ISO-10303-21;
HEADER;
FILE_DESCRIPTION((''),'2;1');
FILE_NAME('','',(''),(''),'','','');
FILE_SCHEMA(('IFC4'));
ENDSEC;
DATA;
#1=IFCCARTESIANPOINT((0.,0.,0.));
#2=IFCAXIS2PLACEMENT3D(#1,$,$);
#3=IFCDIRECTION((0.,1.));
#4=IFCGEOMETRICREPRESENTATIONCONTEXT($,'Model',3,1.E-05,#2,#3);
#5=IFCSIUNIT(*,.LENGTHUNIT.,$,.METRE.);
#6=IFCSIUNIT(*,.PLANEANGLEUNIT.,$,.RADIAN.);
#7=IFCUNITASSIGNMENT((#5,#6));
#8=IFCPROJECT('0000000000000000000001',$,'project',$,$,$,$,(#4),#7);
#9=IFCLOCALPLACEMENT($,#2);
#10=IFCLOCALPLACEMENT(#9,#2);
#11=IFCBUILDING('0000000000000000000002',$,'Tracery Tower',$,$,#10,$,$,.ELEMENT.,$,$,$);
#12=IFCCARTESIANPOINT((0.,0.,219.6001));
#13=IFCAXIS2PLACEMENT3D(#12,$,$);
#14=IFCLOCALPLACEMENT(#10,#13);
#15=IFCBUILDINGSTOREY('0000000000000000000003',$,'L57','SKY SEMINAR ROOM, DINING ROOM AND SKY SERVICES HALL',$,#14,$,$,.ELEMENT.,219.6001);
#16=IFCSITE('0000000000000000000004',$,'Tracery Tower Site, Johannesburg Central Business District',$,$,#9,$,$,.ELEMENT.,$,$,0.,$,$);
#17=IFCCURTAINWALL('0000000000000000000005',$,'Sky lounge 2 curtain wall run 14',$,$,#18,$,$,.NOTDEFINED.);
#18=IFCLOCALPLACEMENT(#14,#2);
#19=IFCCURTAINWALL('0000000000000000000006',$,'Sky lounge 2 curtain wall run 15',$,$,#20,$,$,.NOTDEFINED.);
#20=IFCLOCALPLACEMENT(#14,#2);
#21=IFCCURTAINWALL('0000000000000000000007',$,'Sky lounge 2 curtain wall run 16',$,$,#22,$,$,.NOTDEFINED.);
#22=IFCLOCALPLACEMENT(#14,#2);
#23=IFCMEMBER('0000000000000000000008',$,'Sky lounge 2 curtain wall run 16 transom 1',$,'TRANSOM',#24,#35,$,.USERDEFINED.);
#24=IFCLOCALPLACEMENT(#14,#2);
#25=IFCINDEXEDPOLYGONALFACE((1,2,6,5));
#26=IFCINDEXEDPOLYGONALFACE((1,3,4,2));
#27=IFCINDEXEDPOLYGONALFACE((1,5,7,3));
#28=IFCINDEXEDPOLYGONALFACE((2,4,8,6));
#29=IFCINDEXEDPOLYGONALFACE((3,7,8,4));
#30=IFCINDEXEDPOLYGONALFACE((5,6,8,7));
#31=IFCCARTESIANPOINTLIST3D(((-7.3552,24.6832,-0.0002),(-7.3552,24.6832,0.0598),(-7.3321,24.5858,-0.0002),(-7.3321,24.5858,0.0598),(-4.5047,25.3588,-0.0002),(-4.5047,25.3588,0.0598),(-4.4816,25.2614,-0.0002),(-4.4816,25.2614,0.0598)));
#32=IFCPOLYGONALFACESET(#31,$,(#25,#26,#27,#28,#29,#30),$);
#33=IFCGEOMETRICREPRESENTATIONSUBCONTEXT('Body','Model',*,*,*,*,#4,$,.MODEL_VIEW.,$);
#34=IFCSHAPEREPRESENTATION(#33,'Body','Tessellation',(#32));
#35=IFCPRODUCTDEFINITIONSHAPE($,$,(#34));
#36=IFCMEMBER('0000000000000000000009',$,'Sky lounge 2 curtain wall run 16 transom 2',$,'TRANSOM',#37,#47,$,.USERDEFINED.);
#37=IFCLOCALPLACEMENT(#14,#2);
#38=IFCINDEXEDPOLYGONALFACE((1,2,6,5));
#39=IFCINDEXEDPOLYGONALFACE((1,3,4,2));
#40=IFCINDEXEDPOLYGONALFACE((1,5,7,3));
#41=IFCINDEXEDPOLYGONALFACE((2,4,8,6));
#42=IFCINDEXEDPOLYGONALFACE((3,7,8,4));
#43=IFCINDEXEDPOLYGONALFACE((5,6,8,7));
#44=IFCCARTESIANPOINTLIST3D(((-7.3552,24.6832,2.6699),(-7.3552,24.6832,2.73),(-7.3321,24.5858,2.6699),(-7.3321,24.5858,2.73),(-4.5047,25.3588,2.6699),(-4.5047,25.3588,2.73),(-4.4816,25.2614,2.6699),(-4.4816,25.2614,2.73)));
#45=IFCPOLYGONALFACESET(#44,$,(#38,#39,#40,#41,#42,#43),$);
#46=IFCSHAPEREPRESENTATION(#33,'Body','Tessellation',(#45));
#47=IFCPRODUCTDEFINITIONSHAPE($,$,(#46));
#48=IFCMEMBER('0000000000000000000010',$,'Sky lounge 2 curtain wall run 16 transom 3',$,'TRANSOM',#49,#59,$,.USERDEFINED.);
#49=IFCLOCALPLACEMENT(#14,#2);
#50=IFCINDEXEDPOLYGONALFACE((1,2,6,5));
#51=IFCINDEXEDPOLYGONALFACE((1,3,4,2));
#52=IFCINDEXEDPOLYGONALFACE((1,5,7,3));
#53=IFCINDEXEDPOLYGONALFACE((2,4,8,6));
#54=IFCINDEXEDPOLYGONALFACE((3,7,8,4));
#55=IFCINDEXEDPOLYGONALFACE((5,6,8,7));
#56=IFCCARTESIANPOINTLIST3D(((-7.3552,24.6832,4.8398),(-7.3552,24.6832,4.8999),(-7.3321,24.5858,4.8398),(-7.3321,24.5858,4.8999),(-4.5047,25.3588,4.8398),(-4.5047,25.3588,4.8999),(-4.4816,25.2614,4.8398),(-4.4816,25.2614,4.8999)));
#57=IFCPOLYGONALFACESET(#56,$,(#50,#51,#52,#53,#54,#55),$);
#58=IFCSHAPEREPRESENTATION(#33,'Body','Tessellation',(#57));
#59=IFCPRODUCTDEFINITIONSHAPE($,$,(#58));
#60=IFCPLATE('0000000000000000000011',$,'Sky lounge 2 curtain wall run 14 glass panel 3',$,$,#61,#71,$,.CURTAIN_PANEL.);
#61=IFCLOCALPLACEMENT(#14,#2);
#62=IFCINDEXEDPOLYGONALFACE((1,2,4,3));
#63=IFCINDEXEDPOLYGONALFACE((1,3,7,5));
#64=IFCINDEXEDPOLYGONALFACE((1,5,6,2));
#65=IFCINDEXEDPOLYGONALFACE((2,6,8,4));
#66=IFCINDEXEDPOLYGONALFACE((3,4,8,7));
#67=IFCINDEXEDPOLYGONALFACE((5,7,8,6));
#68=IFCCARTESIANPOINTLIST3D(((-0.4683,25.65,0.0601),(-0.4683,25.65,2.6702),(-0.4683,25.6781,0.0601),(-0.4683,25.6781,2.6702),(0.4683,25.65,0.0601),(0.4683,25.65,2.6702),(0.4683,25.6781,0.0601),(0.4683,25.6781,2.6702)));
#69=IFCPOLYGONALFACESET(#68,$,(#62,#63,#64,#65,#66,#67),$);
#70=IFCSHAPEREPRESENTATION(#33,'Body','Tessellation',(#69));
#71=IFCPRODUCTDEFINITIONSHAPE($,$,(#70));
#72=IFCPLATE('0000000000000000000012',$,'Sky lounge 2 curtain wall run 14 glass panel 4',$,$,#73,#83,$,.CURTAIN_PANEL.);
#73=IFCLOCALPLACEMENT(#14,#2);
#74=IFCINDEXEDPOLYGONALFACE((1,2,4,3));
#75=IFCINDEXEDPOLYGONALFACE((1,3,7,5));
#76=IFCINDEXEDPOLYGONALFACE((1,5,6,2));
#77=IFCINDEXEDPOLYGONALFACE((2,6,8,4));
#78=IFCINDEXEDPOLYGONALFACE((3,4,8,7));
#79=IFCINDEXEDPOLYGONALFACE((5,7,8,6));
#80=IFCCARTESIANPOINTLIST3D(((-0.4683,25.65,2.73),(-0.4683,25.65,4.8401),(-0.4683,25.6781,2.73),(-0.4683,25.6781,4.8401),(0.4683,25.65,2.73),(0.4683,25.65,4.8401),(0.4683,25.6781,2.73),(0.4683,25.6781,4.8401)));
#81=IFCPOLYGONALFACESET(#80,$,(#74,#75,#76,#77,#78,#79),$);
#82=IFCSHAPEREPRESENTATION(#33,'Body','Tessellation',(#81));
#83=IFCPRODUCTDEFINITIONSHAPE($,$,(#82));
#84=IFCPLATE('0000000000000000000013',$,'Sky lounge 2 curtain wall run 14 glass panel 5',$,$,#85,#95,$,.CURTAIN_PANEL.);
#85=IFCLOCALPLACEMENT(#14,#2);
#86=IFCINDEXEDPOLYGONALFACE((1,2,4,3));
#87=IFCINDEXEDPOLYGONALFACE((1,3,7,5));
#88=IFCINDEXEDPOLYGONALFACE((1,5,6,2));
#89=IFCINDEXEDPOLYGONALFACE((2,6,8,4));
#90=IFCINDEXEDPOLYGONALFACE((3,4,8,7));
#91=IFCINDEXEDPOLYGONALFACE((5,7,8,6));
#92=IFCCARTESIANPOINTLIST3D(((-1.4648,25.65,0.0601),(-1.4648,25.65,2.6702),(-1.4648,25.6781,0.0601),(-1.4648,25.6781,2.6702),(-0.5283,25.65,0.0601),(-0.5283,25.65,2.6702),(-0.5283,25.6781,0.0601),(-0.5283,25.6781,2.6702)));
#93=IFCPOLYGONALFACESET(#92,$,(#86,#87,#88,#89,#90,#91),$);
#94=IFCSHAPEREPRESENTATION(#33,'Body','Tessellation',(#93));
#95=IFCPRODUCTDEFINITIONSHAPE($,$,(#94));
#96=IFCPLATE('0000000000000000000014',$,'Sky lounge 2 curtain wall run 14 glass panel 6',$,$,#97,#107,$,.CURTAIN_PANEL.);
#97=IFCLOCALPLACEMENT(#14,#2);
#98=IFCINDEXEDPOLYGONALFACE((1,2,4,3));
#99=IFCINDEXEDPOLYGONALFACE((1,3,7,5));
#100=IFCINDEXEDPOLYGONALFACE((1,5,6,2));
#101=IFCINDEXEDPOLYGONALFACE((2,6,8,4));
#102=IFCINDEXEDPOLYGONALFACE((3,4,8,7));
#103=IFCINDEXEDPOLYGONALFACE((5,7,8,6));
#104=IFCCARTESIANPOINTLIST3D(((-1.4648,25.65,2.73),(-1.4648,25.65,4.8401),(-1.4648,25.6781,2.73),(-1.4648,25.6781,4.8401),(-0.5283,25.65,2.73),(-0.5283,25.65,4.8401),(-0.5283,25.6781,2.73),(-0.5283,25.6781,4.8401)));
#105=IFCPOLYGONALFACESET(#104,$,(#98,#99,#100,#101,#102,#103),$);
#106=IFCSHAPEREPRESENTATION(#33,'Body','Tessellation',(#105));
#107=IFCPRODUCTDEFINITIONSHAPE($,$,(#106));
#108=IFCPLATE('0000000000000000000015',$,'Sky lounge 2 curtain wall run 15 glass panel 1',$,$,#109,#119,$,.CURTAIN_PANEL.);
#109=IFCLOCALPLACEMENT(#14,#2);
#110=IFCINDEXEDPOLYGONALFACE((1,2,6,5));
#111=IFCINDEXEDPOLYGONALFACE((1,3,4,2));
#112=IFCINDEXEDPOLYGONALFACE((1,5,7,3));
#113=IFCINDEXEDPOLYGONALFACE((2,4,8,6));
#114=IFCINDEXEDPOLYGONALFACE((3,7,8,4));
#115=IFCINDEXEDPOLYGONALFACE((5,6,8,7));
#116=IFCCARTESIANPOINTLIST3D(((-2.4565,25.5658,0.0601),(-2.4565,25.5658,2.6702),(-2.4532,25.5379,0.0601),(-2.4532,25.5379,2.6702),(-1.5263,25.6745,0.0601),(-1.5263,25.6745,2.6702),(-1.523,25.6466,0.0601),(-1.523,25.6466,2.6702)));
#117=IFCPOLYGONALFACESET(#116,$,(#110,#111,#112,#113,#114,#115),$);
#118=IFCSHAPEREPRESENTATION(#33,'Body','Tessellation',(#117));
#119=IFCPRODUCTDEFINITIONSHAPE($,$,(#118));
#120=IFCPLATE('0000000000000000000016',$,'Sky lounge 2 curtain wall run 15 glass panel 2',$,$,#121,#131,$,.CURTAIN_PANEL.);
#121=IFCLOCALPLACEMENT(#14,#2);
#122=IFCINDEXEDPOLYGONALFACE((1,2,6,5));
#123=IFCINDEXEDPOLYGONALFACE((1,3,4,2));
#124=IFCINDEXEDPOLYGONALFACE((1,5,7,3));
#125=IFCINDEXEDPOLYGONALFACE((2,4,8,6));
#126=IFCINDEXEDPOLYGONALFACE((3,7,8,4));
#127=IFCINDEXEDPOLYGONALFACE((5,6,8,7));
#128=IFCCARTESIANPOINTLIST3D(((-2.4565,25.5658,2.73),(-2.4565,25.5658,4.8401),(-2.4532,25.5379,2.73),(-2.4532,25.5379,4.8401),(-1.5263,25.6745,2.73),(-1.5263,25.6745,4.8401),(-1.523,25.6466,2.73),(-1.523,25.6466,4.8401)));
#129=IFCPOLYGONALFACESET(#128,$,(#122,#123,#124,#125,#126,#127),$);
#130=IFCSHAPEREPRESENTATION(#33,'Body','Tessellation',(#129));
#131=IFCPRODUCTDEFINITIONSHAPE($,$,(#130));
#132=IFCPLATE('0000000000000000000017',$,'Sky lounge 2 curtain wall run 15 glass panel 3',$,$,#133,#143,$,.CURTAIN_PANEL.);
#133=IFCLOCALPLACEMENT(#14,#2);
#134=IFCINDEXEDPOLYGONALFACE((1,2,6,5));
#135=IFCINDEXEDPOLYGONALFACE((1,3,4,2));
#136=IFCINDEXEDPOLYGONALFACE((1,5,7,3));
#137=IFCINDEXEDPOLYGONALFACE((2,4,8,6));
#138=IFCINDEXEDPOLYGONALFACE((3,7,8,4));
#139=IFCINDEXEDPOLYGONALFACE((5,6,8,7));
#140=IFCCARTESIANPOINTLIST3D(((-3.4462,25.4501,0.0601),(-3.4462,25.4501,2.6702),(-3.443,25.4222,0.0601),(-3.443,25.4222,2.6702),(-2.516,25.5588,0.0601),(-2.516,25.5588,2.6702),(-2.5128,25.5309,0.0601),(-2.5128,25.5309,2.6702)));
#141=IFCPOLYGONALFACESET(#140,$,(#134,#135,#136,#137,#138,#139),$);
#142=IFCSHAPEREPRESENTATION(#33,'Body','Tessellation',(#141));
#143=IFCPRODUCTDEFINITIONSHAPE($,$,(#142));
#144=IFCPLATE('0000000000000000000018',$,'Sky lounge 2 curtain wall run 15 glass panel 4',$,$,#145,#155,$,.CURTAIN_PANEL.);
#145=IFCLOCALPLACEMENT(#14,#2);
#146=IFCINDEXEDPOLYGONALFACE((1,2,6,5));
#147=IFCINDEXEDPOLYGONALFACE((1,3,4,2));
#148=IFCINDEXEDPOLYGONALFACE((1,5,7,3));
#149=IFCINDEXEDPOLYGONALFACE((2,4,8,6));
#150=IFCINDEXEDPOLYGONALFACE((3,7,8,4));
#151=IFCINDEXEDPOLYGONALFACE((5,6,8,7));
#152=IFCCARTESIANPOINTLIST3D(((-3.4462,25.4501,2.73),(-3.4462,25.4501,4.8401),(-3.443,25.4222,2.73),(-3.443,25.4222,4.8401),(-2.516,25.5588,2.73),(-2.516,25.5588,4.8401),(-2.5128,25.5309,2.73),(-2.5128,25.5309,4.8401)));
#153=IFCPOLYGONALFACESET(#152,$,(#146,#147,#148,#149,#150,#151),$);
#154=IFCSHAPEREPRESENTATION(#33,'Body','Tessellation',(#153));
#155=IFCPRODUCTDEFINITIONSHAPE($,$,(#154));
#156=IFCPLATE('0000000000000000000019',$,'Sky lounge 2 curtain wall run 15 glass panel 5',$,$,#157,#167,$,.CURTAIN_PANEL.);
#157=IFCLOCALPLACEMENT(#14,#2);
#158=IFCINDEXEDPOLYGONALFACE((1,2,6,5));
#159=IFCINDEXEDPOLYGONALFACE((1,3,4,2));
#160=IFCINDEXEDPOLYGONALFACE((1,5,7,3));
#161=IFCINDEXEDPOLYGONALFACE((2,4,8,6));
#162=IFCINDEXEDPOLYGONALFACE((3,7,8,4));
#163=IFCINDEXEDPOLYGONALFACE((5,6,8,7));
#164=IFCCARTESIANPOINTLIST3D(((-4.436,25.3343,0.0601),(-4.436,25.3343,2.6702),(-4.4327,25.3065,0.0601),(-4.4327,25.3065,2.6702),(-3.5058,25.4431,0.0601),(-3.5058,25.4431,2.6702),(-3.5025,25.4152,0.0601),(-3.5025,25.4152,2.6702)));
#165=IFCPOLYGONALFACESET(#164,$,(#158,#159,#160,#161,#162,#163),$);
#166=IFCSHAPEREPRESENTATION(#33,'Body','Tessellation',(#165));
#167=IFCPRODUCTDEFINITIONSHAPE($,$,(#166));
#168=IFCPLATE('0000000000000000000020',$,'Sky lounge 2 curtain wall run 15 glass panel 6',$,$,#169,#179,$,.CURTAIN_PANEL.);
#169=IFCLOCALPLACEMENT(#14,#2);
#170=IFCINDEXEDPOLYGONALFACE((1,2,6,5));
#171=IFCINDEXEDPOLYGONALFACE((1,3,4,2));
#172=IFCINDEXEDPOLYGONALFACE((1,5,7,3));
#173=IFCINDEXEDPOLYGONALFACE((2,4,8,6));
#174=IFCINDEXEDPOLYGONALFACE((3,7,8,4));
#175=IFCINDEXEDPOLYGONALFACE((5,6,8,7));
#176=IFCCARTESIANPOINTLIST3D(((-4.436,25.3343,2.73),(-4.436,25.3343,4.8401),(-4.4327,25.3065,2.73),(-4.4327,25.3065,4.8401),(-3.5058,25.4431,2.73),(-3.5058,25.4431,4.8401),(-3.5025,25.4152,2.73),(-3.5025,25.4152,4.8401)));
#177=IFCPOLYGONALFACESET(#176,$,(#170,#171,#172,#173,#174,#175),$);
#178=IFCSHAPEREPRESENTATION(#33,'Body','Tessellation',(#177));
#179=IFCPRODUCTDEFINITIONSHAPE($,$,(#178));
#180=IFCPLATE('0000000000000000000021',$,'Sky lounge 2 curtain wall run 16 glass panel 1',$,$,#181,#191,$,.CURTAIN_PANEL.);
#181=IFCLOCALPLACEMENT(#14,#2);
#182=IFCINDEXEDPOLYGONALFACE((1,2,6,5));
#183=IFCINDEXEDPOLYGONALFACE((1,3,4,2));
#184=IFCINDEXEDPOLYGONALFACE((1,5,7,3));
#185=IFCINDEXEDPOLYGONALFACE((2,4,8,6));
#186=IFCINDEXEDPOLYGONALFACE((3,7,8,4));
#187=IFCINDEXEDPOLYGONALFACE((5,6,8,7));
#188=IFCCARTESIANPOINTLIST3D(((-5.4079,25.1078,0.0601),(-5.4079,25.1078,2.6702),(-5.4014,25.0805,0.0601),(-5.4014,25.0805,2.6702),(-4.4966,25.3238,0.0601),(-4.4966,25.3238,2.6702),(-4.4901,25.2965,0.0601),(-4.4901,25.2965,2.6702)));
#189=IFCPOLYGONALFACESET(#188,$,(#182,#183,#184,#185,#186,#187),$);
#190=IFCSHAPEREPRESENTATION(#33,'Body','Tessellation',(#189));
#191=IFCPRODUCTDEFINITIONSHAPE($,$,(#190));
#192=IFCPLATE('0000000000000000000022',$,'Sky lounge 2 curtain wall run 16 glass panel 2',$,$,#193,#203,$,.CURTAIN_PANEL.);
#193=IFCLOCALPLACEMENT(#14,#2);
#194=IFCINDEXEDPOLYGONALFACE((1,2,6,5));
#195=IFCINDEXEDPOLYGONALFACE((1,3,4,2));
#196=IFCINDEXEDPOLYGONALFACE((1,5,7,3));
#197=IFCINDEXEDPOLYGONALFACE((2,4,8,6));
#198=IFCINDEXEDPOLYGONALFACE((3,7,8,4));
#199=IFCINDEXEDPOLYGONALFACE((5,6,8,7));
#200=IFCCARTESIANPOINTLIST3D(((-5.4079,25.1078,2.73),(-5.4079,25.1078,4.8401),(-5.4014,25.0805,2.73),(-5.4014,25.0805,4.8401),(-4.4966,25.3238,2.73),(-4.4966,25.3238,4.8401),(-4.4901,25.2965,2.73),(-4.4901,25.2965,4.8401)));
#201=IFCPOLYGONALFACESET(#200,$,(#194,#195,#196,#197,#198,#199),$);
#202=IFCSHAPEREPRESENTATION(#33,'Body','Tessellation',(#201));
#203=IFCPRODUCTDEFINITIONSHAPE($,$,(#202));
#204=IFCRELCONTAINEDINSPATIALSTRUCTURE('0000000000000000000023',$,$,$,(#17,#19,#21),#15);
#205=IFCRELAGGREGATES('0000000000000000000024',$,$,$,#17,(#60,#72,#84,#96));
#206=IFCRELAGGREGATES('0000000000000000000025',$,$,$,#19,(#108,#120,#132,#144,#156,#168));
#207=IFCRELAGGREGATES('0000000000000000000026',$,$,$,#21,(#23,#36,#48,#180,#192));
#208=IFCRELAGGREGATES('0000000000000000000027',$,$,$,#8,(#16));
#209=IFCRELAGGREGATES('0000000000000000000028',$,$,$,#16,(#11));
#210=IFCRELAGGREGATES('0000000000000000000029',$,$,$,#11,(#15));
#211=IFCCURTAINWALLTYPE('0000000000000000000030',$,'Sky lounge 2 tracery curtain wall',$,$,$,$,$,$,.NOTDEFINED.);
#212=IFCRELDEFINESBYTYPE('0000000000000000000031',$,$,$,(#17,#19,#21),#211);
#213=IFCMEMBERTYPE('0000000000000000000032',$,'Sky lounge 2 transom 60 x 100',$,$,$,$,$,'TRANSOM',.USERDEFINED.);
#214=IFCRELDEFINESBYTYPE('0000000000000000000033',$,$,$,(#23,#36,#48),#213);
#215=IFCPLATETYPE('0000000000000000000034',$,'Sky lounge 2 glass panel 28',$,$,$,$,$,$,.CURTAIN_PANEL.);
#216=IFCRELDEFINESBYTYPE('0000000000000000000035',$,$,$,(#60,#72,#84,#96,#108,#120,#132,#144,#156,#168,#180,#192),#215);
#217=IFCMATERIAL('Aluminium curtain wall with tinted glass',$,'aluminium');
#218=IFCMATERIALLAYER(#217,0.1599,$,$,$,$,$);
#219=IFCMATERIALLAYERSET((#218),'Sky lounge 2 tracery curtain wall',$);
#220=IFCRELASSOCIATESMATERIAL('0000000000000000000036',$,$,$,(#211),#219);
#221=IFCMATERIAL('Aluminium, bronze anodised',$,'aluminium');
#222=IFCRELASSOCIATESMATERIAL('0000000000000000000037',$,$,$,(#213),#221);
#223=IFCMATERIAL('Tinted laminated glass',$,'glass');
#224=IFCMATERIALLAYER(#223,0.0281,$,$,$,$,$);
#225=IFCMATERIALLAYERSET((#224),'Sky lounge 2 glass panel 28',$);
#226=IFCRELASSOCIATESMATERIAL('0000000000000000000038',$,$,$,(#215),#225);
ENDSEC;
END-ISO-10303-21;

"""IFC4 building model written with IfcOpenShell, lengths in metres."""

from ifc_helpers import new_model, si_unit, direction, frame, origin, origin_2d, place, context, subcontext, project, spatial, rectangle, extrude, material, layer, layer_set, material_profile, profile_set, type_object, element, aggregate, save


model = new_model("IFC4")

# Units and contexts
model_context = context("Model", 3, precision=1e-05, world=origin(), true_north=direction((0.0, 1.0)))
body_context = subcontext(model_context, "Body", "Model", "MODEL_VIEW")
ifc_project = project(units=[si_unit("LENGTHUNIT", "METRE"), si_unit("PLANEANGLEUNIT", "RADIAN")], contexts=[model_context])

# Site, building, storey
site_placement = place(None, origin())
site = spatial("IfcSite", under=ifc_project, at=site_placement, Name="Tracery Tower Site, Johannesburg Central Business District", CompositionType="ELEMENT", RefElevation=0.0)
building_placement = place(site_placement, origin())
building = spatial("IfcBuilding", under=site, at=building_placement, Name="Tracery Tower", CompositionType="ELEMENT")
storey_placement = place(building_placement, frame((0.0, 0.0, 219.6001)))
storey = spatial("IfcBuildingStorey", under=building, at=storey_placement, Name="L57", Description="SKY SEMINAR ROOM, DINING ROOM AND SKY SERVICES HALL", CompositionType="ELEMENT", Elevation=219.6001)

# Curtain wall
ifc_material_1 = material(Name="Aluminium curtain wall with tinted glass", Category="aluminium")
ifc_layer_1 = layer(ifc_material_1, 0.1599)
ifc_layer_set_1 = layer_set([ifc_layer_1], Name="Sky lounge 2 tracery curtain wall")
curtain_wall_type = type_object("IfcCurtainWallType", Name="Sky lounge 2 tracery curtain wall", PredefinedType="NOTDEFINED", material=ifc_layer_set_1)
curtain_wall_1_placement = place(storey_placement, origin())
curtain_wall_1 = element("IfcCurtainWall", 1, at=curtain_wall_1_placement, inside=storey, type_object=curtain_wall_type, Name="Sky lounge 2 curtain wall run 14", PredefinedType="NOTDEFINED")

# Curtain walls
curtain_wall_2_placement = place(storey_placement, origin())
curtain_wall_2 = element("IfcCurtainWall", 2, at=curtain_wall_2_placement, inside=storey, type_object=curtain_wall_type, Name="Sky lounge 2 curtain wall run 15", PredefinedType="NOTDEFINED")
curtain_wall_3_placement = place(storey_placement, origin())
curtain_wall_3 = element("IfcCurtainWall", 3, at=curtain_wall_3_placement, inside=storey, type_object=curtain_wall_type, Name="Sky lounge 2 curtain wall run 16", PredefinedType="NOTDEFINED")

# Members
ifc_material_2 = material(Name="Aluminium, bronze anodised", Category="aluminium")
ifc_material_profile_1 = material_profile(ifc_material_2, rectangle(XDim=0.1001, YDim=0.0601, at=origin_2d()), Name="AL 60x100")
ifc_profile_set_1 = profile_set([ifc_material_profile_1], Name="Aluminium, bronze anodised")
member_type_1 = type_object("IfcMemberType", Name="Sky lounge 2 transom 60 x 100", ElementType="TRANSOM", PredefinedType="USERDEFINED", material=ifc_profile_set_1)
member_1_placement = place(storey_placement, frame((-4.4932, 25.3101, 0.0298), z_axis=(-0.97305, -0.230595, 0.0), x_axis=(0.230595, -0.97305, 0.0)))
member_1 = element("IfcMember", 4, at=member_1_placement, type_object=member_type_1, Name="Sky lounge 2 curtain wall run 16 transom 1", ObjectType="TRANSOM", PredefinedType="USERDEFINED", context=body_context, shape_type="SweptSolid", body=[
    extrude(rectangle(XDim=0.1001, YDim=0.0601, at=origin_2d()), origin(), (0.0, 0.0, 1.0), 2.9294),
])
member_2_placement = place(storey_placement, frame((-4.4932, 25.3101, 2.7), z_axis=(-0.97305, -0.230595, 0.0), x_axis=(0.230595, -0.97305, 0.0)))
member_2 = element("IfcMember", 5, at=member_2_placement, type_object=member_type_1, Name="Sky lounge 2 curtain wall run 16 transom 2", ObjectType="TRANSOM", PredefinedType="USERDEFINED", context=body_context, shape_type="SweptSolid", body=[
    extrude(rectangle(XDim=0.1001, YDim=0.0601, at=origin_2d()), origin(), (0.0, 0.0, 1.0), 2.9294),
])
member_3_placement = place(storey_placement, frame((-4.4932, 25.3101, 4.8699), z_axis=(-0.97305, -0.230595, 0.0), x_axis=(0.230595, -0.97305, 0.0)))
member_3 = element("IfcMember", 6, at=member_3_placement, type_object=member_type_1, Name="Sky lounge 2 curtain wall run 16 transom 3", ObjectType="TRANSOM", PredefinedType="USERDEFINED", context=body_context, shape_type="SweptSolid", body=[
    extrude(rectangle(XDim=0.1001, YDim=0.0601, at=origin_2d()), origin(), (0.0, 0.0, 1.0), 2.9294),
])

# Plates
ifc_material_3 = material(Name="Tinted laminated glass", Category="glass")
ifc_layer_2 = layer(ifc_material_3, 0.0281)
ifc_layer_set_2 = layer_set([ifc_layer_2], Name="Sky lounge 2 glass panel 28")
plate_type = type_object("IfcPlateType", Name="Sky lounge 2 glass panel 28", PredefinedType="CURTAIN_PANEL", material=ifc_layer_set_2)
plate_1_placement = place(storey_placement, frame((0.0, 25.6641, 0.0601), z_axis=(0.0, 0.0, 1.0), x_axis=(-1.0, 0.0, 0.0)))
plate_1 = element("IfcPlate", 7, at=plate_1_placement, type_object=plate_type, Name="Sky lounge 2 curtain wall run 14 glass panel 3", PredefinedType="CURTAIN_PANEL", context=body_context, shape_type="SweptSolid", body=[
    extrude(rectangle(XDim=0.9365, YDim=0.0281, at=origin_2d()), origin(), (0.0, 0.0, 1.0), 2.6101),
])
plate_2_placement = place(storey_placement, frame((0.0, 25.6641, 2.73), z_axis=(0.0, 0.0, 1.0), x_axis=(-1.0, 0.0, 0.0)))
plate_2 = element("IfcPlate", 8, at=plate_2_placement, type_object=plate_type, Name="Sky lounge 2 curtain wall run 14 glass panel 4", PredefinedType="CURTAIN_PANEL", context=body_context, shape_type="SweptSolid", body=[
    extrude(rectangle(XDim=0.9365, YDim=0.0281, at=origin_2d()), origin(), (0.0, 0.0, 1.0), 2.1101),
])
plate_3_placement = place(storey_placement, frame((-0.9966, 25.6641, 0.0601), z_axis=(0.0, 0.0, 1.0), x_axis=(-1.0, 0.0, 0.0)))
plate_3 = element("IfcPlate", 9, at=plate_3_placement, type_object=plate_type, Name="Sky lounge 2 curtain wall run 14 glass panel 5", PredefinedType="CURTAIN_PANEL", context=body_context, shape_type="SweptSolid", body=[
    extrude(rectangle(XDim=0.9365, YDim=0.0281, at=origin_2d()), origin(), (0.0, 0.0, 1.0), 2.6101),
])
plate_4_placement = place(storey_placement, frame((-0.9966, 25.6641, 2.73), z_axis=(0.0, 0.0, 1.0), x_axis=(-1.0, 0.0, 0.0)))
plate_4 = element("IfcPlate", 10, at=plate_4_placement, type_object=plate_type, Name="Sky lounge 2 curtain wall run 14 glass panel 6", PredefinedType="CURTAIN_PANEL", context=body_context, shape_type="SweptSolid", body=[
    extrude(rectangle(XDim=0.9365, YDim=0.0281, at=origin_2d()), origin(), (0.0, 0.0, 1.0), 2.1101),
])
aggregate(curtain_wall_1, [plate_1, plate_2, plate_3, plate_4])
plate_5_placement = place(storey_placement, frame((-1.9897, 25.6062, 0.0601), z_axis=(0.0, 0.0, 1.0), x_axis=(-0.993238, -0.116093, 0.0)))
plate_5 = element("IfcPlate", 11, at=plate_5_placement, type_object=plate_type, Name="Sky lounge 2 curtain wall run 15 glass panel 1", PredefinedType="CURTAIN_PANEL", context=body_context, shape_type="SweptSolid", body=[
    extrude(rectangle(XDim=0.9365, YDim=0.0281, at=origin_2d()), origin(), (0.0, 0.0, 1.0), 2.6101),
])
plate_6_placement = place(storey_placement, frame((-1.9897, 25.6062, 2.73), z_axis=(0.0, 0.0, 1.0), x_axis=(-0.993238, -0.116093, 0.0)))
plate_6 = element("IfcPlate", 12, at=plate_6_placement, type_object=plate_type, Name="Sky lounge 2 curtain wall run 15 glass panel 2", PredefinedType="CURTAIN_PANEL", context=body_context, shape_type="SweptSolid", body=[
    extrude(rectangle(XDim=0.9365, YDim=0.0281, at=origin_2d()), origin(), (0.0, 0.0, 1.0), 2.1101),
])
plate_7_placement = place(storey_placement, frame((-2.9795, 25.4905, 0.0601), z_axis=(0.0, 0.0, 1.0), x_axis=(-0.993238, -0.116093, 0.0)))
plate_7 = element("IfcPlate", 13, at=plate_7_placement, type_object=plate_type, Name="Sky lounge 2 curtain wall run 15 glass panel 3", PredefinedType="CURTAIN_PANEL", context=body_context, shape_type="SweptSolid", body=[
    extrude(rectangle(XDim=0.9365, YDim=0.0281, at=origin_2d()), origin(), (0.0, 0.0, 1.0), 2.6101),
])
plate_8_placement = place(storey_placement, frame((-2.9795, 25.4905, 2.73), z_axis=(0.0, 0.0, 1.0), x_axis=(-0.993238, -0.116093, 0.0)))
plate_8 = element("IfcPlate", 14, at=plate_8_placement, type_object=plate_type, Name="Sky lounge 2 curtain wall run 15 glass panel 4", PredefinedType="CURTAIN_PANEL", context=body_context, shape_type="SweptSolid", body=[
    extrude(rectangle(XDim=0.9365, YDim=0.0281, at=origin_2d()), origin(), (0.0, 0.0, 1.0), 2.1101),
])
plate_9_placement = place(storey_placement, frame((-3.9692, 25.3748, 0.0601), z_axis=(0.0, 0.0, 1.0), x_axis=(-0.993238, -0.116093, 0.0)))
plate_9 = element("IfcPlate", 15, at=plate_9_placement, type_object=plate_type, Name="Sky lounge 2 curtain wall run 15 glass panel 5", PredefinedType="CURTAIN_PANEL", context=body_context, shape_type="SweptSolid", body=[
    extrude(rectangle(XDim=0.9365, YDim=0.0281, at=origin_2d()), origin(), (0.0, 0.0, 1.0), 2.6101),
])
plate_10_placement = place(storey_placement, frame((-3.9692, 25.3748, 2.73), z_axis=(0.0, 0.0, 1.0), x_axis=(-0.993238, -0.116093, 0.0)))
plate_10 = element("IfcPlate", 16, at=plate_10_placement, type_object=plate_type, Name="Sky lounge 2 curtain wall run 15 glass panel 6", PredefinedType="CURTAIN_PANEL", context=body_context, shape_type="SweptSolid", body=[
    extrude(rectangle(XDim=0.9365, YDim=0.0281, at=origin_2d()), origin(), (0.0, 0.0, 1.0), 2.1101),
])
aggregate(curtain_wall_2, [plate_5, plate_6, plate_7, plate_8, plate_9, plate_10])
plate_11_placement = place(storey_placement, frame((-4.949, 25.2021, 0.0601), z_axis=(0.0, 0.0, 1.0), x_axis=(-0.973045, -0.230616, 0.0)))
plate_11 = element("IfcPlate", 17, at=plate_11_placement, type_object=plate_type, Name="Sky lounge 2 curtain wall run 16 glass panel 1", PredefinedType="CURTAIN_PANEL", context=body_context, shape_type="SweptSolid", body=[
    extrude(rectangle(XDim=0.9365, YDim=0.0281, at=origin_2d()), origin(), (0.0, 0.0, 1.0), 2.6101),
])
plate_12_placement = place(storey_placement, frame((-4.949, 25.2021, 2.73), z_axis=(0.0, 0.0, 1.0), x_axis=(-0.973045, -0.230616, 0.0)))
plate_12 = element("IfcPlate", 18, at=plate_12_placement, type_object=plate_type, Name="Sky lounge 2 curtain wall run 16 glass panel 2", PredefinedType="CURTAIN_PANEL", context=body_context, shape_type="SweptSolid", body=[
    extrude(rectangle(XDim=0.9365, YDim=0.0281, at=origin_2d()), origin(), (0.0, 0.0, 1.0), 2.1101),
])
aggregate(curtain_wall_3, [member_1, member_2, member_3, plate_11, plate_12])

save(model, "model.ifc")
